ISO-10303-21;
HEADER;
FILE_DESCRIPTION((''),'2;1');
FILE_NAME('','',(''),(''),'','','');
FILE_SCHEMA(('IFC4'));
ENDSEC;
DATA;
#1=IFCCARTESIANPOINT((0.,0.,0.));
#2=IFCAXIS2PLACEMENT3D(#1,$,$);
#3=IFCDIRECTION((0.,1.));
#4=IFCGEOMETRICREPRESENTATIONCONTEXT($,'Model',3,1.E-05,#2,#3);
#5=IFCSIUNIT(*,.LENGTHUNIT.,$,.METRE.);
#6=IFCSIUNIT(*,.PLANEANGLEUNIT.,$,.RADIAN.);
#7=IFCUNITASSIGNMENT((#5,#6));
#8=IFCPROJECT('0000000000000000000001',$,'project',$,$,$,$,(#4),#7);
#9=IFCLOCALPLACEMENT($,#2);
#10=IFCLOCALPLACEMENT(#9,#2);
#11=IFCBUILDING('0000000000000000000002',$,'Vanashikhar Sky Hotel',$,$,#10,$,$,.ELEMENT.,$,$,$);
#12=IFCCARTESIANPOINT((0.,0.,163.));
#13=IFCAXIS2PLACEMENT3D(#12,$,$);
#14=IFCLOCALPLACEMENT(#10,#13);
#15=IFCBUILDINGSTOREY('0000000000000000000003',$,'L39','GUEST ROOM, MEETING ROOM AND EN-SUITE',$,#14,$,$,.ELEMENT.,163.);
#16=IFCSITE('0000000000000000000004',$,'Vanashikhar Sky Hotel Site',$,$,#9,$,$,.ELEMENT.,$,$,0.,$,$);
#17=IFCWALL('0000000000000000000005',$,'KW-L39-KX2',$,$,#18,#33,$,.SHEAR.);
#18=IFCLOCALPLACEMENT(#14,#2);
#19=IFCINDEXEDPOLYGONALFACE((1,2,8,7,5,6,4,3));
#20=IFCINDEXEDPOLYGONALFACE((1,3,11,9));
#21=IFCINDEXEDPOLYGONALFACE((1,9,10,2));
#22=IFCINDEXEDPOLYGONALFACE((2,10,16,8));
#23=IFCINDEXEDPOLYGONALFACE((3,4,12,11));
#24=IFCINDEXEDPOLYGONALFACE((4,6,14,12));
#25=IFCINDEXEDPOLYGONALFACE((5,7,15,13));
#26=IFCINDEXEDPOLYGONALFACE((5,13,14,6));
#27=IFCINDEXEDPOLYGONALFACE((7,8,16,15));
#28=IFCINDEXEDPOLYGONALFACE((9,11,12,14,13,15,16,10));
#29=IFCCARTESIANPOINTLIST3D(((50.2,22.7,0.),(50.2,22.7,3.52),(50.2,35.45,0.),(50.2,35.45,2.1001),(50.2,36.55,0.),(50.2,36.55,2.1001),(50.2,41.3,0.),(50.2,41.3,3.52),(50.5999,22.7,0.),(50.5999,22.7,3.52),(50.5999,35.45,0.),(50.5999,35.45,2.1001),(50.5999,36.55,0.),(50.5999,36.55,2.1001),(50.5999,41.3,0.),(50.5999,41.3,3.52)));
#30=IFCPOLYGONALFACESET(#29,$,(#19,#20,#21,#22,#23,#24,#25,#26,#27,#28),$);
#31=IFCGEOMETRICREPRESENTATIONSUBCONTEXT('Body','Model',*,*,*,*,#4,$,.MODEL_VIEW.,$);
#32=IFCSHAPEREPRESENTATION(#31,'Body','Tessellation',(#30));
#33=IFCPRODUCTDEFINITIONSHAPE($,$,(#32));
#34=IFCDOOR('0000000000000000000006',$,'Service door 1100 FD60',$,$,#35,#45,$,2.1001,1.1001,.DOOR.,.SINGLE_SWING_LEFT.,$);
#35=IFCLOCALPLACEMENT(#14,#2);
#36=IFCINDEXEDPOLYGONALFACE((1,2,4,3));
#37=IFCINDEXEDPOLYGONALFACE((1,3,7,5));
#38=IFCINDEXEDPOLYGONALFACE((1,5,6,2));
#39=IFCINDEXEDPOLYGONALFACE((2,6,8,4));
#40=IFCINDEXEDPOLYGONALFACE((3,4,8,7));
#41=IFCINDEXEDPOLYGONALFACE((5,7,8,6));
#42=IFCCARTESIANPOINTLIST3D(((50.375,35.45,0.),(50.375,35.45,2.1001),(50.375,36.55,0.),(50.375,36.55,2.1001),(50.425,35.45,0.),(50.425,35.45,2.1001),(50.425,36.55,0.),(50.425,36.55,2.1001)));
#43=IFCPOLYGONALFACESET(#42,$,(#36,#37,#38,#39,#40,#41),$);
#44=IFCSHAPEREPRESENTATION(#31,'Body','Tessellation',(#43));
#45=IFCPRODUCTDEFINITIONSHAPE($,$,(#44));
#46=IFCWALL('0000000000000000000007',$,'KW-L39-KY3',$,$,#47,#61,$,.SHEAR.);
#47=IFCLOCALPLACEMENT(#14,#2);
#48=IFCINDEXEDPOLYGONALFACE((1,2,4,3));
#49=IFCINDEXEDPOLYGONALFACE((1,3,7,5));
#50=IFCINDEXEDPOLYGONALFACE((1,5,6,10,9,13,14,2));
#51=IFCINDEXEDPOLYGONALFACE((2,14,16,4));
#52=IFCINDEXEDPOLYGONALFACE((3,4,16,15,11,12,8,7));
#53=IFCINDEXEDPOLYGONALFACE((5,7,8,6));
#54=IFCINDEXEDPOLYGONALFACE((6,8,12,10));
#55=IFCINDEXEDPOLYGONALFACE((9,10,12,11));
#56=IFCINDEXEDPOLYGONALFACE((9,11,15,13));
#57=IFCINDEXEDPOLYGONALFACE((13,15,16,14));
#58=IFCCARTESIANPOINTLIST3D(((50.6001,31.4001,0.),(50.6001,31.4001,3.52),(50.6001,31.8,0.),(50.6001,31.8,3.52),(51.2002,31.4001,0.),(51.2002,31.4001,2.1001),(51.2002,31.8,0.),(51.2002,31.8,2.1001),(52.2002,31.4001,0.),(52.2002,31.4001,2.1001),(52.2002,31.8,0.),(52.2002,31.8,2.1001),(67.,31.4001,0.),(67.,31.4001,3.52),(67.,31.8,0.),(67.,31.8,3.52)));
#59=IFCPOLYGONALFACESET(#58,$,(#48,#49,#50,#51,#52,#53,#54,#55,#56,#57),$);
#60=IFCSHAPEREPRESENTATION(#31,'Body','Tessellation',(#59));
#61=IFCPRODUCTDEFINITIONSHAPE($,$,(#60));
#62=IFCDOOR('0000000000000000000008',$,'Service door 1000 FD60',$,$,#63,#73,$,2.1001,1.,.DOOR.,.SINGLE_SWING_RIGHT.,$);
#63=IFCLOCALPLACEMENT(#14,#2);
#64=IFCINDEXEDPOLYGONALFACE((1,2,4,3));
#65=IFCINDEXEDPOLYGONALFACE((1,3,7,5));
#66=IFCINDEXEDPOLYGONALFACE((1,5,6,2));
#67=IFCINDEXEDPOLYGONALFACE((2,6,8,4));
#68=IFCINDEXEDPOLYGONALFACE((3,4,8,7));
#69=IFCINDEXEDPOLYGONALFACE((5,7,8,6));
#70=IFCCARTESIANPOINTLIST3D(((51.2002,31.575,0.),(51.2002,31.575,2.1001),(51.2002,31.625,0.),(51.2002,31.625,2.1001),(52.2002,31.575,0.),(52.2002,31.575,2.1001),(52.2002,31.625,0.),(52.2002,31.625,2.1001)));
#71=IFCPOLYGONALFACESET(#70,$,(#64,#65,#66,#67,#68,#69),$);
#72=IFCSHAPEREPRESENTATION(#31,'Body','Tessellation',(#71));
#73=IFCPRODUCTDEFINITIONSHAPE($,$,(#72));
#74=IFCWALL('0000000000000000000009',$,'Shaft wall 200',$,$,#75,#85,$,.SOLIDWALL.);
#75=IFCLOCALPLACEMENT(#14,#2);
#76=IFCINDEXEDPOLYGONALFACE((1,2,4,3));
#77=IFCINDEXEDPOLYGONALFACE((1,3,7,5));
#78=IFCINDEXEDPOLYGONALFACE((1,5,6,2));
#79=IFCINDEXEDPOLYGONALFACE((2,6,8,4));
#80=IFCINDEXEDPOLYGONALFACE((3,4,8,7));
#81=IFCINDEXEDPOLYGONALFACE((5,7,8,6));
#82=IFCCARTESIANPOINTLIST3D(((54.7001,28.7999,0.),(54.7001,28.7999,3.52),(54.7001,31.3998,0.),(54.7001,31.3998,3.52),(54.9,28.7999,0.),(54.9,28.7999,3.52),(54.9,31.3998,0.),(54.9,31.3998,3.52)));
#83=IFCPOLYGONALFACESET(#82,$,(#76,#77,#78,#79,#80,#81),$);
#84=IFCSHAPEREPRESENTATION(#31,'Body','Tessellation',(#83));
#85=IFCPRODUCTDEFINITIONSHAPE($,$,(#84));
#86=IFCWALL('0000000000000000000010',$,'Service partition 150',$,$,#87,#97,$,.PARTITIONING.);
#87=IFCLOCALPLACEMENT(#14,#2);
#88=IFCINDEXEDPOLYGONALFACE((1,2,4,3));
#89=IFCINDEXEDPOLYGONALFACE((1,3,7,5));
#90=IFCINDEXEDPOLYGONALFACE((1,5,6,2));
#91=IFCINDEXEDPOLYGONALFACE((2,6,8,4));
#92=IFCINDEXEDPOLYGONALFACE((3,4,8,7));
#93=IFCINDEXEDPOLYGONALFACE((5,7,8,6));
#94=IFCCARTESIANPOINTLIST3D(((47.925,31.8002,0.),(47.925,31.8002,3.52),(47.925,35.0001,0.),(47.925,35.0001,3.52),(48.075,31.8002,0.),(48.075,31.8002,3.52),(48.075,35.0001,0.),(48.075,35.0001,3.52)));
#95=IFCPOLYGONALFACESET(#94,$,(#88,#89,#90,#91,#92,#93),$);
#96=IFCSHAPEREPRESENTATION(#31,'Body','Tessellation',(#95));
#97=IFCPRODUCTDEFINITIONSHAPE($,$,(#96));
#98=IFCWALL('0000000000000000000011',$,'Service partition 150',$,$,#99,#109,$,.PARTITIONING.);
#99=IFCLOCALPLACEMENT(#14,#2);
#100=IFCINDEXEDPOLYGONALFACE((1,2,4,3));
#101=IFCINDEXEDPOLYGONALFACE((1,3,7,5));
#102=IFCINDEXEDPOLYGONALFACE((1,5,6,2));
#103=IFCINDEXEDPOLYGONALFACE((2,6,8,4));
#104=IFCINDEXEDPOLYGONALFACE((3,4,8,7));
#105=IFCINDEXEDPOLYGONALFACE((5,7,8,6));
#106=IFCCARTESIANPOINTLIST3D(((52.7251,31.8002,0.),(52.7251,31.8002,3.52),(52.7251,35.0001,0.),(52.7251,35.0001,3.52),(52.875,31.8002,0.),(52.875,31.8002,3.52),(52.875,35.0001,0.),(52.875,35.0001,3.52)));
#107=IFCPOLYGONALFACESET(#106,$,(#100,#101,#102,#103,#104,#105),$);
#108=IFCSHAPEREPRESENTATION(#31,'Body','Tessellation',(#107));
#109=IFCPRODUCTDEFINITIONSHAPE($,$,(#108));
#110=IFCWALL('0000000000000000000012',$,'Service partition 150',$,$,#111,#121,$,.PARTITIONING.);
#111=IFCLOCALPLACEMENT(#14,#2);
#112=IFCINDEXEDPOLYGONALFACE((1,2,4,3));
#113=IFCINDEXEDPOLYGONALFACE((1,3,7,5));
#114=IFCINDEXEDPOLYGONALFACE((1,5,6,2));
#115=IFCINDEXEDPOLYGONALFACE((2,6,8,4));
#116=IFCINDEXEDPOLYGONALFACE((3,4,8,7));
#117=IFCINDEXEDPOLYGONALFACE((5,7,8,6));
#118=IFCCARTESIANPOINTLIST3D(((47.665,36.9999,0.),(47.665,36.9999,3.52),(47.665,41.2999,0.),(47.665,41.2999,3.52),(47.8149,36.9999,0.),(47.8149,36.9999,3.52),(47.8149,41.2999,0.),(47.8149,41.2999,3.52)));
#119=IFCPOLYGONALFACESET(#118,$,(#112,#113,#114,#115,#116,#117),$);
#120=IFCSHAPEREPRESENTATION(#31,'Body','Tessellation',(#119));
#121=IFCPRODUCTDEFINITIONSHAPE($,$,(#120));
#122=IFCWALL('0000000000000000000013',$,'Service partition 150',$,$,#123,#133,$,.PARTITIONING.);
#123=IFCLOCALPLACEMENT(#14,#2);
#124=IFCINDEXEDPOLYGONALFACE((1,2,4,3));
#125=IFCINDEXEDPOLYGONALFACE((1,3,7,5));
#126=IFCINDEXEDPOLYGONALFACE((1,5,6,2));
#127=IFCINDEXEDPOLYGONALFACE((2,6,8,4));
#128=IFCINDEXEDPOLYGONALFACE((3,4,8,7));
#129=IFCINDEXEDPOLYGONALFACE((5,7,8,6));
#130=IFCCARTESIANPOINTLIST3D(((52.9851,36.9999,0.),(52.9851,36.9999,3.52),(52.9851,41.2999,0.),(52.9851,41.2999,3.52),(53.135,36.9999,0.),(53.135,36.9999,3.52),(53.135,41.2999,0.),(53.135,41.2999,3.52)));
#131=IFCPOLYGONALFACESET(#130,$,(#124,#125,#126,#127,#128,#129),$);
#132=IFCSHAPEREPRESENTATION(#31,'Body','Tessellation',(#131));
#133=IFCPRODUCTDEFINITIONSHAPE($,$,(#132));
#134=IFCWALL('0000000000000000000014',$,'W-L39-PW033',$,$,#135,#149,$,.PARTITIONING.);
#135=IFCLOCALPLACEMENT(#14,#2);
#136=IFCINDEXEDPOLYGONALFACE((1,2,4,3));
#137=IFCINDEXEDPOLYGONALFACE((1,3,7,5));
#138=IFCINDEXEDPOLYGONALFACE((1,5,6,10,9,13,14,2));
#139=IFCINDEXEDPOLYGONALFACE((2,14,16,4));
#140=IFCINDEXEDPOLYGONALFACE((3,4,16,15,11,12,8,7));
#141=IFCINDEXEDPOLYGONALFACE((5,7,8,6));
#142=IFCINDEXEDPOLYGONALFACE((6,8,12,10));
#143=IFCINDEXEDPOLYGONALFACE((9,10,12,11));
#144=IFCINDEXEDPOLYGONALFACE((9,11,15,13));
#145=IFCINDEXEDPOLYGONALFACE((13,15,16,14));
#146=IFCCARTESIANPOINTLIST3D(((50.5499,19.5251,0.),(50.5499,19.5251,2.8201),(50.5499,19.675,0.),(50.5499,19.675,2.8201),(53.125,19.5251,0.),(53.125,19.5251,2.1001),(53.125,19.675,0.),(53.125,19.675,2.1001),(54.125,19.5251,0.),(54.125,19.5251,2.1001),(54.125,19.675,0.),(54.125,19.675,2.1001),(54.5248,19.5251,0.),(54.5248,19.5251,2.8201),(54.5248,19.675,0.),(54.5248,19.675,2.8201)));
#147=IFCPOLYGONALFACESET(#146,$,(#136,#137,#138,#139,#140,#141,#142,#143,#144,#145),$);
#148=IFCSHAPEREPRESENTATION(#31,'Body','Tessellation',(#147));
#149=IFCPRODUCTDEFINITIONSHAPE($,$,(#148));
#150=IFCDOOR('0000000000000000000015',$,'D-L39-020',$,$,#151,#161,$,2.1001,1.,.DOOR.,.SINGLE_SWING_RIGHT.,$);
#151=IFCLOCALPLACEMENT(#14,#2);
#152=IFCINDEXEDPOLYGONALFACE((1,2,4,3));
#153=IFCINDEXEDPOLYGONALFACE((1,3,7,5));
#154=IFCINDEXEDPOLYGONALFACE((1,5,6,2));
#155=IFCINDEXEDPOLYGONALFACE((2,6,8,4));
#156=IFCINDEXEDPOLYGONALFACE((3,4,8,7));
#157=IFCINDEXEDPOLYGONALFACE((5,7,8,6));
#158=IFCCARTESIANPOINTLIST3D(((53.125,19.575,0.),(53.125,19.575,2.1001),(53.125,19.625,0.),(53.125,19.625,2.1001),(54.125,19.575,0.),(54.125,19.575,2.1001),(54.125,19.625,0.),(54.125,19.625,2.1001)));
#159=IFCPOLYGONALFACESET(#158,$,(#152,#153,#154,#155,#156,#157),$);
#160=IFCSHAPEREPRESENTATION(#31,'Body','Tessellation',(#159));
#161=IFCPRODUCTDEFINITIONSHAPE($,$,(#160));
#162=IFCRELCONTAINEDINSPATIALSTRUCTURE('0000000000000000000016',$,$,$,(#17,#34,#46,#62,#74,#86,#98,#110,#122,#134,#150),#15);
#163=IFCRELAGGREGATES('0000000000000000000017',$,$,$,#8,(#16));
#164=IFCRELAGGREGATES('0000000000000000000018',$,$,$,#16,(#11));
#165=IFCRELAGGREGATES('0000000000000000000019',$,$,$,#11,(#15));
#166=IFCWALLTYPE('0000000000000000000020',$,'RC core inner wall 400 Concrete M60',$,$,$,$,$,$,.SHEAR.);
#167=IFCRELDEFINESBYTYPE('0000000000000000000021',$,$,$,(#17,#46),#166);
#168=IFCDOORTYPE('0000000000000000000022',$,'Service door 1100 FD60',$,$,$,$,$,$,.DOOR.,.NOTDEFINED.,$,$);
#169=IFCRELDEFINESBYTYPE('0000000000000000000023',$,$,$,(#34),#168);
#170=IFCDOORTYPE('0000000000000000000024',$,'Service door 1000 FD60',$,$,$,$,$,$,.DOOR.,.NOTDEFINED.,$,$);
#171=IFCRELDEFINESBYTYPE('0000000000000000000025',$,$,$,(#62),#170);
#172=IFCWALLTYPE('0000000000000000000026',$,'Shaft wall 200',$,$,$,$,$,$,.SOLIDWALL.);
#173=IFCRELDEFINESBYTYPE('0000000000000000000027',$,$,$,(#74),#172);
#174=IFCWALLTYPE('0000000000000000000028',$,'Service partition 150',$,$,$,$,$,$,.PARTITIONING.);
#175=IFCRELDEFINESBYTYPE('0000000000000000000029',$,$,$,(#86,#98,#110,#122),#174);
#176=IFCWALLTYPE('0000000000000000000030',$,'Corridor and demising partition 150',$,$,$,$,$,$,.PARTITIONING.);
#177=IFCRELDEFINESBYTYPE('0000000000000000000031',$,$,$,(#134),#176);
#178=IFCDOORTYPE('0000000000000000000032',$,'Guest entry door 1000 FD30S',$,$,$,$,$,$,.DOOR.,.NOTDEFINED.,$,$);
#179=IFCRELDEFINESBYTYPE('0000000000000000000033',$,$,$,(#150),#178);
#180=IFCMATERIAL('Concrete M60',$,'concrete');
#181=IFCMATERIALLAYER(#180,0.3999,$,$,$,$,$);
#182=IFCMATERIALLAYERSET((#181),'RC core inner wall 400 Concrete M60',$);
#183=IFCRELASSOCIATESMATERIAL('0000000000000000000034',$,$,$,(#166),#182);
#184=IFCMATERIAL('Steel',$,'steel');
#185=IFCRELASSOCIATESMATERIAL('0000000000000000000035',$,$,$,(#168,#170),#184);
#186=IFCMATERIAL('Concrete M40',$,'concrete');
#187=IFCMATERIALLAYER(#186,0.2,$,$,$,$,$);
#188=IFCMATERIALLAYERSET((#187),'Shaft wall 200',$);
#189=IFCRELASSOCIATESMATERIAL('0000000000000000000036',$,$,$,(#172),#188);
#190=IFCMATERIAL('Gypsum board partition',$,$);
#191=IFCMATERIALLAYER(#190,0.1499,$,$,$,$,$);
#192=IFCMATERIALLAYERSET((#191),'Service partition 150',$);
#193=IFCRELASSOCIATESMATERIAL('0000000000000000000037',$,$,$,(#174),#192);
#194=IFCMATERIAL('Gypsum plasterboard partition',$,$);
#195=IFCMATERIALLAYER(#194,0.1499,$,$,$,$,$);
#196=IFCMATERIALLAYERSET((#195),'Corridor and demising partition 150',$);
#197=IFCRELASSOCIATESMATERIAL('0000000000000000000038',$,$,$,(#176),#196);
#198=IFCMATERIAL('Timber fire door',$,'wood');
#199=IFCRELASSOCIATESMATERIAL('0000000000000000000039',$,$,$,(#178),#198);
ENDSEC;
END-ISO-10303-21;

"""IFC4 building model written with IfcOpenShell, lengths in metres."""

from ifc_helpers import new_model, si_unit, direction, frame, frame_2d, origin, place, context, subcontext, project, spatial, rectangle, extrude, source, transform, mapped, material, layer, layer_set, type_object, element, fill, save


model = new_model("IFC4")

# Units and contexts
model_context = context("Model", 3, precision=1e-05, world=origin(), true_north=direction((0.0, 1.0)))
body_context = subcontext(model_context, "Body", "Model", "MODEL_VIEW")
ifc_project = project(units=[si_unit("LENGTHUNIT", "METRE"), si_unit("PLANEANGLEUNIT", "RADIAN")], contexts=[model_context])

# Site, building, storey
site_placement = place(None, origin())
site = spatial("IfcSite", under=ifc_project, at=site_placement, Name="Vanashikhar Sky Hotel Site", CompositionType="ELEMENT", RefElevation=0.0)
building_placement = place(site_placement, origin())
building = spatial("IfcBuilding", under=site, at=building_placement, Name="Vanashikhar Sky Hotel", CompositionType="ELEMENT")
storey_placement = place(building_placement, frame((0.0, 0.0, 163.0)))
storey = spatial("IfcBuildingStorey", under=building, at=storey_placement, Name="L39", Description="GUEST ROOM, MEETING ROOM AND EN-SUITE", CompositionType="ELEMENT", Elevation=163.0)

# Walls, openings, doors
ifc_material_1 = material(Name="Concrete M60", Category="concrete")
ifc_layer_1 = layer(ifc_material_1, 0.3999)
ifc_layer_set_1 = layer_set([ifc_layer_1], Name="RC core inner wall 400 Concrete M60")
wall_type_1 = type_object("IfcWallType", Name="RC core inner wall 400 Concrete M60", PredefinedType="SHEAR", material=ifc_layer_set_1)
shared_shape_1 = source(origin(), body_context, "Body", "SweptSolid", [
    extrude(rectangle(XDim=18.6001, YDim=0.3999, at=frame_2d((9.3, 0.0))), origin(), (0.0, 0.0, 1.0), 3.52),
])
wall_1_placement = place(storey_placement, frame((50.3999, 22.7, 0.0), z_axis=(0.0, 0.0, 1.0), x_axis=(0.0, 1.0, 0.0)))
wall_1 = element("IfcWall", 1, at=wall_1_placement, inside=storey, type_object=wall_type_1, Name="KW-L39-KX2", PredefinedType="SHEAR", context=body_context, shape_type="MappedRepresentation", body=[
    mapped(shared_shape_1, transform((0.0, 0.0, 0.0), scale=1.0)),
])
shared_shape_2 = source(origin(), body_context, "Body", "SweptSolid", [
    extrude(rectangle(XDim=1.1001, YDim=2.1001, at=frame_2d((0.55, 1.05))), frame((0.0, 0.21, 0.0), z_axis=(0.0, -1.0, 0.0), x_axis=(1.0, 0.0, 0.0)), (0.0, 0.0, 1.0), 0.4199),
])
opening_1_placement = place(wall_1_placement, frame((12.75, 0.0, 0.0)))
opening_1 = element("IfcOpeningElement", 2, at=opening_1_placement, cuts=wall_1, PredefinedType="OPENING", context=body_context, shape_type="MappedRepresentation", body=[
    mapped(shared_shape_2, transform((0.0, 0.0, 0.0), scale=1.0)),
])
ifc_material_2 = material(Name="Steel", Category="steel")
door_type_1 = type_object("IfcDoorType", Name="Service door 1100 FD60", OperationType="NOTDEFINED", PredefinedType="DOOR", material=ifc_material_2)
shared_shape_3 = source(origin(), body_context, "Body", "SweptSolid", [
    extrude(rectangle(XDim=1.1001, YDim=2.1001, at=frame_2d((0.55, 1.05))), frame((0.0, 0.0249, 0.0), z_axis=(0.0, -1.0, 0.0), x_axis=(1.0, 0.0, 0.0)), (0.0, 0.0, 1.0), 0.05),
])
door_1_placement = place(opening_1_placement, origin())
door_1 = element("IfcDoor", 3, at=door_1_placement, inside=storey, type_object=door_type_1, Name="Service door 1100 FD60", OperationType="SINGLE_SWING_LEFT", OverallHeight=2.1001, OverallWidth=1.1001, PredefinedType="DOOR", context=body_context, shape_type="MappedRepresentation", body=[
    mapped(shared_shape_3, transform((0.0, 0.0, 0.0), scale=1.0)),
])
fill(opening_1, door_1)
shared_shape_4 = source(origin(), body_context, "Body", "SweptSolid", [
    extrude(rectangle(XDim=16.3999, YDim=0.3999, at=frame_2d((8.2, 0.0))), origin(), (0.0, 0.0, 1.0), 3.52),
])
wall_2_placement = place(storey_placement, frame((50.6001, 31.6001, 0.0), z_axis=(0.0, 0.0, 1.0), x_axis=(1.0, 0.0, 0.0)))
wall_2 = element("IfcWall", 4, at=wall_2_placement, inside=storey, type_object=wall_type_1, Name="KW-L39-KY3", PredefinedType="SHEAR", context=body_context, shape_type="MappedRepresentation", body=[
    mapped(shared_shape_4, transform((0.0, 0.0, 0.0), scale=1.0)),
])
shared_shape_5 = source(origin(), body_context, "Body", "SweptSolid", [
    extrude(rectangle(XDim=1.0, YDim=2.1001, at=frame_2d((0.5, 1.05))), frame((0.0, 0.21, 0.0), z_axis=(0.0, -1.0, 0.0), x_axis=(1.0, 0.0, 0.0)), (0.0, 0.0, 1.0), 0.4199),
])
opening_2_placement = place(wall_2_placement, frame((0.6001, 0.0, 0.0)))
opening_2 = element("IfcOpeningElement", 5, at=opening_2_placement, cuts=wall_2, PredefinedType="OPENING", context=body_context, shape_type="MappedRepresentation", body=[
    mapped(shared_shape_5, transform((0.0, 0.0, 0.0), scale=1.0)),
])
door_type_2 = type_object("IfcDoorType", Name="Service door 1000 FD60", OperationType="NOTDEFINED", PredefinedType="DOOR", material=ifc_material_2)
shared_shape_6 = source(origin(), body_context, "Body", "SweptSolid", [
    extrude(rectangle(XDim=1.0, YDim=2.1001, at=frame_2d((0.5, 1.05))), frame((0.0, 0.0249, 0.0), z_axis=(0.0, -1.0, 0.0), x_axis=(1.0, 0.0, 0.0)), (0.0, 0.0, 1.0), 0.05),
])
door_2_placement = place(opening_2_placement, origin())
door_2 = element("IfcDoor", 6, at=door_2_placement, inside=storey, type_object=door_type_2, Name="Service door 1000 FD60", OperationType="SINGLE_SWING_RIGHT", OverallHeight=2.1001, OverallWidth=1.0, PredefinedType="DOOR", context=body_context, shape_type="MappedRepresentation", body=[
    mapped(shared_shape_6, transform((0.0, 0.0, 0.0), scale=1.0)),
])
fill(opening_2, door_2)

# Walls
ifc_material_3 = material(Name="Concrete M40", Category="concrete")
ifc_layer_2 = layer(ifc_material_3, 0.2)
ifc_layer_set_2 = layer_set([ifc_layer_2], Name="Shaft wall 200")
wall_type_2 = type_object("IfcWallType", Name="Shaft wall 200", PredefinedType="SOLIDWALL", material=ifc_layer_set_2)
shared_shape_7 = source(origin(), body_context, "Body", "SweptSolid", [
    extrude(rectangle(XDim=2.5999, YDim=0.2, at=frame_2d((1.2998, 0.0))), origin(), (0.0, 0.0, 1.0), 3.52),
])
wall_3_placement = place(storey_placement, frame((54.8, 28.8, 0.0), z_axis=(0.0, 0.0, 1.0), x_axis=(0.0, 1.0, 0.0)))
element("IfcWall", 7, at=wall_3_placement, inside=storey, type_object=wall_type_2, Name="Shaft wall 200", PredefinedType="SOLIDWALL", context=body_context, shape_type="MappedRepresentation", body=[
    mapped(shared_shape_7, transform((0.0, 0.0, 0.0), scale=1.0)),
])
ifc_material_4 = material(Name="Gypsum board partition")
ifc_layer_3 = layer(ifc_material_4, 0.1499)
ifc_layer_set_3 = layer_set([ifc_layer_3], Name="Service partition 150")
wall_type_3 = type_object("IfcWallType", Name="Service partition 150", PredefinedType="PARTITIONING", material=ifc_layer_set_3)
shared_shape_8 = source(origin(), body_context, "Body", "SweptSolid", [
    extrude(rectangle(XDim=3.2, YDim=0.1499, at=frame_2d((1.6001, 0.0))), origin(), (0.0, 0.0, 1.0), 3.52),
])
for number, where, z_axis, x_axis, name in (
    (8, (48.0, 31.8, 0.0), (0.0, 0.0, 1.0), (0.0, 1.0, 0.0), "Service partition 150"),
    (9, (52.8, 31.8, 0.0), (0.0, 0.0, 1.0), (0.0, 1.0, 0.0), "Service partition 150"),
):
    element("IfcWall", number, at=place(storey_placement, frame(where, z_axis=z_axis, x_axis=x_axis)), inside=storey, type_object=wall_type_3, Name=name, PredefinedType="PARTITIONING", context=body_context, shape_type="MappedRepresentation", body=[
        mapped(shared_shape_8, transform((0.0, 0.0, 0.0), scale=1.0)),
    ])
shared_shape_9 = source(origin(), body_context, "Body", "SweptSolid", [
    extrude(rectangle(XDim=4.3, YDim=0.1499, at=frame_2d((2.1499, 0.0))), origin(), (0.0, 0.0, 1.0), 3.52),
])
for number, where, z_axis, x_axis, name in (
    (10, (47.74, 37.0, 0.0), (0.0, 0.0, 1.0), (0.0, 1.0, 0.0), "Service partition 150"),
    (11, (53.0601, 37.0, 0.0), (0.0, 0.0, 1.0), (0.0, 1.0, 0.0), "Service partition 150"),
):
    element("IfcWall", number, at=place(storey_placement, frame(where, z_axis=z_axis, x_axis=x_axis)), inside=storey, type_object=wall_type_3, Name=name, PredefinedType="PARTITIONING", context=body_context, shape_type="MappedRepresentation", body=[
        mapped(shared_shape_9, transform((0.0, 0.0, 0.0), scale=1.0)),
    ])

# Wall, opening, door
ifc_material_5 = material(Name="Gypsum plasterboard partition")
ifc_layer_4 = layer(ifc_material_5, 0.1499)
ifc_layer_set_4 = layer_set([ifc_layer_4], Name="Corridor and demising partition 150")
wall_type_4 = type_object("IfcWallType", Name="Corridor and demising partition 150", PredefinedType="PARTITIONING", material=ifc_layer_set_4)
shared_shape_10 = source(origin(), body_context, "Body", "SweptSolid", [
    extrude(rectangle(XDim=3.9749, YDim=0.1499, at=frame_2d((1.9873, 0.0))), origin(), (0.0, 0.0, 1.0), 2.8201),
])
wall_4_placement = place(storey_placement, frame((50.55, 19.6001, 0.0), z_axis=(0.0, 0.0, 1.0), x_axis=(1.0, 0.0, 0.0)))
wall_4 = element("IfcWall", 12, at=wall_4_placement, inside=storey, type_object=wall_type_4, Name="W-L39-PW033", PredefinedType="PARTITIONING", context=body_context, shape_type="MappedRepresentation", body=[
    mapped(shared_shape_10, transform((0.0, 0.0, 0.0), scale=1.0)),
])
shared_shape_11 = source(origin(), body_context, "Body", "SweptSolid", [
    extrude(rectangle(XDim=1.0, YDim=2.1001, at=frame_2d((0.5, 1.05))), frame((0.0, 0.085, 0.0), z_axis=(0.0, -1.0, 0.0), x_axis=(1.0, 0.0, 0.0)), (0.0, 0.0, 1.0), 0.1699),
])
opening_3_placement = place(wall_4_placement, frame((2.575, 0.0, 0.0)))
opening_3 = element("IfcOpeningElement", 13, at=opening_3_placement, cuts=wall_4, PredefinedType="OPENING", context=body_context, shape_type="MappedRepresentation", body=[
    mapped(shared_shape_11, transform((0.0, 0.0, 0.0), scale=1.0)),
])
ifc_material_6 = material(Name="Timber fire door", Category="wood")
door_type_3 = type_object("IfcDoorType", Name="Guest entry door 1000 FD30S", OperationType="NOTDEFINED", PredefinedType="DOOR", material=ifc_material_6)
door_3_placement = place(opening_3_placement, origin())
door_3 = element("IfcDoor", 14, at=door_3_placement, inside=storey, type_object=door_type_3, Name="D-L39-020", OperationType="SINGLE_SWING_RIGHT", OverallHeight=2.1001, OverallWidth=1.0, PredefinedType="DOOR", context=body_context, shape_type="MappedRepresentation", body=[
    mapped(shared_shape_6, transform((0.0, 0.0, 0.0), scale=1.0)),
])
fill(opening_3, door_3)

save(model, "model.ifc")
